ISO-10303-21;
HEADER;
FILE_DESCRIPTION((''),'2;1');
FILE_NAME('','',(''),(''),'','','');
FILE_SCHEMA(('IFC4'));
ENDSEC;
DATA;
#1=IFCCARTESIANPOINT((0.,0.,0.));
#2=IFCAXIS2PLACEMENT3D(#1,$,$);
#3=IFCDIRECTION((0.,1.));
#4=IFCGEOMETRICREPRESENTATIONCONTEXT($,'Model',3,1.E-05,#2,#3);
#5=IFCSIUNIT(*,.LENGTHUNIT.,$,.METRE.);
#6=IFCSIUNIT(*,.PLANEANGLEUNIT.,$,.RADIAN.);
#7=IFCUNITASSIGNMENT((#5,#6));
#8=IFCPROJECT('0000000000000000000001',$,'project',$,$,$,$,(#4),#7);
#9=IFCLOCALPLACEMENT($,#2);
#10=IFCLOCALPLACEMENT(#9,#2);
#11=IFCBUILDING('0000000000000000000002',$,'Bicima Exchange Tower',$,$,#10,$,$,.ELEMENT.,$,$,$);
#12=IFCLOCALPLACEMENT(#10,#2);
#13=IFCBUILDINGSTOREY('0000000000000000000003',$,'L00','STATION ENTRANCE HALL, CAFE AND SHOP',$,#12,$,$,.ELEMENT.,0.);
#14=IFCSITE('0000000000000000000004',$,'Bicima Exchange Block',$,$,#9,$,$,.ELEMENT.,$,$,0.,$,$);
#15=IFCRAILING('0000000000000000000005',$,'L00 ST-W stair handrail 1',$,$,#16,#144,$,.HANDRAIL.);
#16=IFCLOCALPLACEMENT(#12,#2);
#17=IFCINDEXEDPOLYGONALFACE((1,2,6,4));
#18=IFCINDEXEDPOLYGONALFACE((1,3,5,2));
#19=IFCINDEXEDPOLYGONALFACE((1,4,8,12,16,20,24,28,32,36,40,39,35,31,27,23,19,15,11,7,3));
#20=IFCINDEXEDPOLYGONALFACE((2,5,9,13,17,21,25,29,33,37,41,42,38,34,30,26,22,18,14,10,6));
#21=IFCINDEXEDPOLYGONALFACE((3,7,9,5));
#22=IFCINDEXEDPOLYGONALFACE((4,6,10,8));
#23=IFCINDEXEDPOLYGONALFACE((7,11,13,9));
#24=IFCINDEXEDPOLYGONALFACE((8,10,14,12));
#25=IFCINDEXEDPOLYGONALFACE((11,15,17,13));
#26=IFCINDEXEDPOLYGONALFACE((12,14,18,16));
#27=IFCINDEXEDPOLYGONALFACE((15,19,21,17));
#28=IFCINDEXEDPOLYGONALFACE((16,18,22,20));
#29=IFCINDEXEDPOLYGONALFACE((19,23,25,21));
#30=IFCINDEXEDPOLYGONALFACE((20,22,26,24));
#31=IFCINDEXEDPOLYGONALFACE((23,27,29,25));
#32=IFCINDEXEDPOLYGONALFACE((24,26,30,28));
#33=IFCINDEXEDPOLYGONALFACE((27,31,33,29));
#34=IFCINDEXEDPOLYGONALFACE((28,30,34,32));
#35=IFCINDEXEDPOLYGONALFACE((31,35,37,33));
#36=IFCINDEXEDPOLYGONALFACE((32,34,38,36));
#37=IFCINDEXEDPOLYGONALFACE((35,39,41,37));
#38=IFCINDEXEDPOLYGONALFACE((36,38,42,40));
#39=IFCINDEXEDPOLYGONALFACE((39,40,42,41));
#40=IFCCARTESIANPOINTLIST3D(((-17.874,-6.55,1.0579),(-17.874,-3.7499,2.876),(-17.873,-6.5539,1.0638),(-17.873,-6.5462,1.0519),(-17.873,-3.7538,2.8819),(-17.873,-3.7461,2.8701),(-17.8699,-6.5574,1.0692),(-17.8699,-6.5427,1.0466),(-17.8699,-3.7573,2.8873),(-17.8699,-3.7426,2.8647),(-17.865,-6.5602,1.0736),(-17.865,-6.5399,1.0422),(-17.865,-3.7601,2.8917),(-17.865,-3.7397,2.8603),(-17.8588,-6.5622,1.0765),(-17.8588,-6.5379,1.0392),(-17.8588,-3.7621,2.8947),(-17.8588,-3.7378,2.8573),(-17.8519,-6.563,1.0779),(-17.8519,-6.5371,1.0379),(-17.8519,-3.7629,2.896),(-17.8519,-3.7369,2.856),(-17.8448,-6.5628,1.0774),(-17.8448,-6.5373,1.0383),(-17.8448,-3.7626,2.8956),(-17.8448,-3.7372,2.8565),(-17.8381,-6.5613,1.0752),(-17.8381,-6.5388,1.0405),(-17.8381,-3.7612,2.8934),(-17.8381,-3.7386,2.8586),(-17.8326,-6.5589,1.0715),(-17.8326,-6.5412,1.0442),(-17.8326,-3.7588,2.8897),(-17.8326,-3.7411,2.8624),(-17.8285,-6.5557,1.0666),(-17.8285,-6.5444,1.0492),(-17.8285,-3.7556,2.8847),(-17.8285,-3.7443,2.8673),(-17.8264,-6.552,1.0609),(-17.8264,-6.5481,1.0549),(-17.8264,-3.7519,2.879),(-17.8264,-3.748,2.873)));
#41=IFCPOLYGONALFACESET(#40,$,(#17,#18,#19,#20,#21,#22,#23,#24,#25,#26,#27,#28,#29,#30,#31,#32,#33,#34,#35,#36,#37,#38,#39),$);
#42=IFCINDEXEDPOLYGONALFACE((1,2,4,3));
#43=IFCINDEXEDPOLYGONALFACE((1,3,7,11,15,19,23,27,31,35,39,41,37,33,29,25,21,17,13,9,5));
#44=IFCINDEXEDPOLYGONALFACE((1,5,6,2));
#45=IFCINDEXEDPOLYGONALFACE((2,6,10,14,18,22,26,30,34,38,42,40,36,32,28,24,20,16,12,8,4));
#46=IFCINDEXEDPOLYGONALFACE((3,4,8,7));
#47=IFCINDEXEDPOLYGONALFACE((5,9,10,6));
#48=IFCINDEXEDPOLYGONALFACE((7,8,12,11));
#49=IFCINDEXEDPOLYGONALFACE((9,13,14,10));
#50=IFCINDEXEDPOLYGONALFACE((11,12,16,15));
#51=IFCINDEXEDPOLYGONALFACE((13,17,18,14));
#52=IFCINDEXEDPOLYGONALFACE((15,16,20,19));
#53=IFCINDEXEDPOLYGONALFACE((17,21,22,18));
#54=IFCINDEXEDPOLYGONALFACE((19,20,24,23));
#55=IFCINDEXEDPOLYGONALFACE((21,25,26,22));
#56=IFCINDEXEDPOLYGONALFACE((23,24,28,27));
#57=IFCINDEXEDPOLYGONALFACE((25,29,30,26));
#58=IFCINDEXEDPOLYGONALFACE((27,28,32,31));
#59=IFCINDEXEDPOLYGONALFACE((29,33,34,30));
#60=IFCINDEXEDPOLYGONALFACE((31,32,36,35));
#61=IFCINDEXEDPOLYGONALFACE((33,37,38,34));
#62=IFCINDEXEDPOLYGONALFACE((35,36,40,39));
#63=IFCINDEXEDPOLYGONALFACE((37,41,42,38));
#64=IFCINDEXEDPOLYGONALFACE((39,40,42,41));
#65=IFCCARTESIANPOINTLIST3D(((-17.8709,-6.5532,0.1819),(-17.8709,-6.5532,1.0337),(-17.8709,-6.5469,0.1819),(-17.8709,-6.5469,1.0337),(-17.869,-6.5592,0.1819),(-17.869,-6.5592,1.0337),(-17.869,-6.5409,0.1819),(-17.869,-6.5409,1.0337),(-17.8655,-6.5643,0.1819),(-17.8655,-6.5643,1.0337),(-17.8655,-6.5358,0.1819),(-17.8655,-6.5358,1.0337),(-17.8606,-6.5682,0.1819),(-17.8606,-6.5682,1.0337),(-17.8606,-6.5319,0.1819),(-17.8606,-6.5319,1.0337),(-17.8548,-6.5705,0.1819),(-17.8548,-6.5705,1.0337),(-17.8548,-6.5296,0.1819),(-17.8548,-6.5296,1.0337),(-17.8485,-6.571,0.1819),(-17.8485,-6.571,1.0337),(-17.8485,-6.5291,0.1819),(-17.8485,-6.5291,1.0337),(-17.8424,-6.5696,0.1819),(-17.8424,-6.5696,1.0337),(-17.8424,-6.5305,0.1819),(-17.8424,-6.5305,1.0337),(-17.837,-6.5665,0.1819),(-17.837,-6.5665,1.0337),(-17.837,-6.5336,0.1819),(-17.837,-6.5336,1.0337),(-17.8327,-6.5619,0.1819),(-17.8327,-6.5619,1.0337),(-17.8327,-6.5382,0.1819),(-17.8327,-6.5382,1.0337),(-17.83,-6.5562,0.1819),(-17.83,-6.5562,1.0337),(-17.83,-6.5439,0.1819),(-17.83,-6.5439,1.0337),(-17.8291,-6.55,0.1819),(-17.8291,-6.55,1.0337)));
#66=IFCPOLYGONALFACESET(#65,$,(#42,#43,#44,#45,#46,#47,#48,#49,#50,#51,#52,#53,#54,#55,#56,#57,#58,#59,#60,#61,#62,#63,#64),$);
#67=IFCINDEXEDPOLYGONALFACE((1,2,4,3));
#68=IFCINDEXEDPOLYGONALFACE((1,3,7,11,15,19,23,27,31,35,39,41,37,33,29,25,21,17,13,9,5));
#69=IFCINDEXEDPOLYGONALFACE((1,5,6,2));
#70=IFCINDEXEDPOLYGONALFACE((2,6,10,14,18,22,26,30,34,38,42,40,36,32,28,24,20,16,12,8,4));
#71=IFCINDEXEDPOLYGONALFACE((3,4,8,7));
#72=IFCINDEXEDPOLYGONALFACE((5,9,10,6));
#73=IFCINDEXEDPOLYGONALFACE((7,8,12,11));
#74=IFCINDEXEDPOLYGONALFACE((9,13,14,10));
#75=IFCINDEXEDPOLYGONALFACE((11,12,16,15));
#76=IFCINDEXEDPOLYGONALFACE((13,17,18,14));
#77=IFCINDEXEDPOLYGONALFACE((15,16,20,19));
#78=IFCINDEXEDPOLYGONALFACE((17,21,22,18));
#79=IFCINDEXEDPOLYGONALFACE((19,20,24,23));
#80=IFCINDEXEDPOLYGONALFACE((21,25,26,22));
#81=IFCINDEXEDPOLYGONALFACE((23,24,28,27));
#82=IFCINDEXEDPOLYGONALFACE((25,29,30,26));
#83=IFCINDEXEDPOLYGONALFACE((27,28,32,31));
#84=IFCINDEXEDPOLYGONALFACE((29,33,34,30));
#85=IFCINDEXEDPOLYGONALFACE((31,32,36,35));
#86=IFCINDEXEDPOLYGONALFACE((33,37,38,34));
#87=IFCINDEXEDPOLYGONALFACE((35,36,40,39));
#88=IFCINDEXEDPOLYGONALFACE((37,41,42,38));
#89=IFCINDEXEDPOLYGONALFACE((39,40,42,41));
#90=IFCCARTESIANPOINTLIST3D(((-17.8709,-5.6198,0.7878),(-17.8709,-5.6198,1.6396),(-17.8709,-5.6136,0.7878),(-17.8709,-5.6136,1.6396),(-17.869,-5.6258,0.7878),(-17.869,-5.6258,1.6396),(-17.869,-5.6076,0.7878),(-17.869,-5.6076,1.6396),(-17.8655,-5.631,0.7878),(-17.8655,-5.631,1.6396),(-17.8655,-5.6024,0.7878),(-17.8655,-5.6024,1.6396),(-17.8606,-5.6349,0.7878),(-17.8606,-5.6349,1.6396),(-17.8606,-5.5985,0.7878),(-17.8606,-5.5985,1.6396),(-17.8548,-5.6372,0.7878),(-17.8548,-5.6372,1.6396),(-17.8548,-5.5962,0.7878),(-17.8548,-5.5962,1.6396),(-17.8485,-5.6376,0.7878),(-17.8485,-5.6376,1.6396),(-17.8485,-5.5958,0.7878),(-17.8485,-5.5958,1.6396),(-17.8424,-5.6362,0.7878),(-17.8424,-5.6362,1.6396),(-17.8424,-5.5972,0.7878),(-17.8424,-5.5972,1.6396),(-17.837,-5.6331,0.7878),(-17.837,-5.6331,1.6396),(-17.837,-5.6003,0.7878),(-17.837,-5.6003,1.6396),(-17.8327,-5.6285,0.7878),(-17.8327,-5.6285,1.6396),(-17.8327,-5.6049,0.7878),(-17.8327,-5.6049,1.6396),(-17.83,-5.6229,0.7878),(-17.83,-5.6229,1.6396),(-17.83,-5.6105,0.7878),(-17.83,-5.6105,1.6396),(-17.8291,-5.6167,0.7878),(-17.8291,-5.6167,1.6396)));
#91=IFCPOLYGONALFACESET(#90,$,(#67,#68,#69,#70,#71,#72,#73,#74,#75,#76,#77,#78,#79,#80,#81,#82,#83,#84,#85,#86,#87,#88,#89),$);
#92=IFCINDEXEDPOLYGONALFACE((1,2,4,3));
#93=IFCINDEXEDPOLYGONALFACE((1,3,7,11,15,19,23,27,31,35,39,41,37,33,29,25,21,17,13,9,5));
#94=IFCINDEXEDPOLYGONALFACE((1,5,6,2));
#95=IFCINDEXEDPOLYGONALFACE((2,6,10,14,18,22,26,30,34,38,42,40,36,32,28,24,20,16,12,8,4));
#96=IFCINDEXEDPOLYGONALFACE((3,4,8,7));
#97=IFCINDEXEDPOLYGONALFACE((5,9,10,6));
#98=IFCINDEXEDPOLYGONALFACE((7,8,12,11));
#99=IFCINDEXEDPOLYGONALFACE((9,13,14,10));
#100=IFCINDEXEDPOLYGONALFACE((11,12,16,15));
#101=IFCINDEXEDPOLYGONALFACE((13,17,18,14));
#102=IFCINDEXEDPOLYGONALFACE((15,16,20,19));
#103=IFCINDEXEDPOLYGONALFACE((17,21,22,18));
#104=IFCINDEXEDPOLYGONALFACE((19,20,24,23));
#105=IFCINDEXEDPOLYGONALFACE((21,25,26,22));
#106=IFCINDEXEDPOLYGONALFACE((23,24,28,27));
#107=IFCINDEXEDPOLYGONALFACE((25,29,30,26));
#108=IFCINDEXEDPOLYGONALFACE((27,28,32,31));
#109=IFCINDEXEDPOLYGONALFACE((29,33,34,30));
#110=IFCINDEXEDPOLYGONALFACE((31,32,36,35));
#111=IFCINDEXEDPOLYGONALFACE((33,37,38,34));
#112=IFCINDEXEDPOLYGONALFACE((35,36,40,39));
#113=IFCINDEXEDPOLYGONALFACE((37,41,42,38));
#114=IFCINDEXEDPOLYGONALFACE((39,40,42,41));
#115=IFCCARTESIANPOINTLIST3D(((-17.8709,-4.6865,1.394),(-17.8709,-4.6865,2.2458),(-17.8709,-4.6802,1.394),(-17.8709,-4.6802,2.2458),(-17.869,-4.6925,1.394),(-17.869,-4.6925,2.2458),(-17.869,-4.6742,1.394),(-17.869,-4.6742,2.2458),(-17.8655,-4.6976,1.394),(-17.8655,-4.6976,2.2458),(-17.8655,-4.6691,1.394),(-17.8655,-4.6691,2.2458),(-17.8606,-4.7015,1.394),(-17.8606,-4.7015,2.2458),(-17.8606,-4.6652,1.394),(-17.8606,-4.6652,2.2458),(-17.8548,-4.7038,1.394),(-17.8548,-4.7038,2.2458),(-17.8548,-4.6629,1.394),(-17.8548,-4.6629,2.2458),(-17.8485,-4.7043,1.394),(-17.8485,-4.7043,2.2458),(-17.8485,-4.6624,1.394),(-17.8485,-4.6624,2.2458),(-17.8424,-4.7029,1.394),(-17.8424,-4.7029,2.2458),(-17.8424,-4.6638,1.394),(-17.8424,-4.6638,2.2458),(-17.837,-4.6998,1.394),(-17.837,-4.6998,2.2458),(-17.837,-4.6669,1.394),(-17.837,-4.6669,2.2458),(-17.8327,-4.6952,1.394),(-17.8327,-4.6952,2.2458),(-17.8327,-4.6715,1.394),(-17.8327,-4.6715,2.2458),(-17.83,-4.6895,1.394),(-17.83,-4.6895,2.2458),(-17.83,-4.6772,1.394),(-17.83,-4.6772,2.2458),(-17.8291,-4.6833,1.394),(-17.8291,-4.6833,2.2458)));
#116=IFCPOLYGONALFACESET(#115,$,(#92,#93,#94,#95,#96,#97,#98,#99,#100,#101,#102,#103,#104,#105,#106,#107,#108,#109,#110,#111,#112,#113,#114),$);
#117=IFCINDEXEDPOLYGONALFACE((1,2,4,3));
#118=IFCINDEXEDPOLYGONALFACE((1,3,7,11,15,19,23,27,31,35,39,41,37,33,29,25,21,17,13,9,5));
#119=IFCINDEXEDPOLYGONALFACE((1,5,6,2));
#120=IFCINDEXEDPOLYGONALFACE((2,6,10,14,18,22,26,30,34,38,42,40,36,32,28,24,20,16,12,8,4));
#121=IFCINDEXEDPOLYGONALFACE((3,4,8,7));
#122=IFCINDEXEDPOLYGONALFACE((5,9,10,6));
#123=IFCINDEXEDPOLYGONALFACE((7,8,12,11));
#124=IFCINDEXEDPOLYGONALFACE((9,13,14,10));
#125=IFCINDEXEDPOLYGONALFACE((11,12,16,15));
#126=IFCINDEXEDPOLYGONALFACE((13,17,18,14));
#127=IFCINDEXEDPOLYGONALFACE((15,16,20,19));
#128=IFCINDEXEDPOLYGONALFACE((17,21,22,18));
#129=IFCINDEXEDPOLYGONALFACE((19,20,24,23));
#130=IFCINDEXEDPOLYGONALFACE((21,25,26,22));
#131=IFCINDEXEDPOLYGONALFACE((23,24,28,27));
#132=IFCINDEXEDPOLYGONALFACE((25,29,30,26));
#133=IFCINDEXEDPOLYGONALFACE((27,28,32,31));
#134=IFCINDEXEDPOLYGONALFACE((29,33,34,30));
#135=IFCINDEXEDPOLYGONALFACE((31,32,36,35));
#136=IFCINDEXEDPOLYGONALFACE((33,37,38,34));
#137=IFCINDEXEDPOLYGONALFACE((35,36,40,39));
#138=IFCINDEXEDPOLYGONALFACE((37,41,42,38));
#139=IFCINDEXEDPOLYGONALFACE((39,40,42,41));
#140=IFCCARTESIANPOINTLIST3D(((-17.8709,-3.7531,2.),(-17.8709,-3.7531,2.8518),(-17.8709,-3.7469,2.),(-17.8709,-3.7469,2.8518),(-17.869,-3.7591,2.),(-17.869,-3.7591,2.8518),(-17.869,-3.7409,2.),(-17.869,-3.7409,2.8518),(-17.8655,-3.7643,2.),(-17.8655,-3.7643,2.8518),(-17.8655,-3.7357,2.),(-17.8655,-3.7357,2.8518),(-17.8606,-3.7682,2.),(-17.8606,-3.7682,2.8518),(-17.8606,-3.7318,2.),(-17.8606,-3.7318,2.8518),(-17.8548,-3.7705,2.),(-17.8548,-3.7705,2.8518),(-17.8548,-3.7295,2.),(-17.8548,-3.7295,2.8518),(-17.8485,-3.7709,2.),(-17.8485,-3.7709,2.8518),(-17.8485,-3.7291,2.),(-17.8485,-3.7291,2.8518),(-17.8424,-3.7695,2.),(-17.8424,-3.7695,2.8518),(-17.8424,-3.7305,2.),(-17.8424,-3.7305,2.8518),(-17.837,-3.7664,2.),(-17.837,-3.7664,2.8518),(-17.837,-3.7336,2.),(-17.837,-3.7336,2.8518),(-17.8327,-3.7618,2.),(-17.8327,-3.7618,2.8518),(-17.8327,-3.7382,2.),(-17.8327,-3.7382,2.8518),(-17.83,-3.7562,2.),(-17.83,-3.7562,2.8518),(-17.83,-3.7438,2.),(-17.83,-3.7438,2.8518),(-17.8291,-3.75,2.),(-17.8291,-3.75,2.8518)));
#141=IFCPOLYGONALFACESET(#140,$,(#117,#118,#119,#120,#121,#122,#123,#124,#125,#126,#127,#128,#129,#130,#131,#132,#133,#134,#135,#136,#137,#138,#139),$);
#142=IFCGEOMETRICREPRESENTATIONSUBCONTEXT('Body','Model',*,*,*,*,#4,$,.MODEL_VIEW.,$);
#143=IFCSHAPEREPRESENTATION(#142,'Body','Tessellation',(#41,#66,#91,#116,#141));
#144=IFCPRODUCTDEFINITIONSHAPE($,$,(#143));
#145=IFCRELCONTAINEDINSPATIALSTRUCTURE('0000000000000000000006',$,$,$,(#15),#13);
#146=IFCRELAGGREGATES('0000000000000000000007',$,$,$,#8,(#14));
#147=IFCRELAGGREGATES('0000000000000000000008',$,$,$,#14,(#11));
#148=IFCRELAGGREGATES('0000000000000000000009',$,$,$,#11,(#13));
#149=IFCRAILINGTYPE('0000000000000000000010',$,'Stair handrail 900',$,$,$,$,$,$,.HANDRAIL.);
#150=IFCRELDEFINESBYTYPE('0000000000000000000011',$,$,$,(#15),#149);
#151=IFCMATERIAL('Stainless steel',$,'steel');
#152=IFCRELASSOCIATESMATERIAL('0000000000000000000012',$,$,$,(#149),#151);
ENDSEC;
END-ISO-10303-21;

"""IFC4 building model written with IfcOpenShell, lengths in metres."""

from ifc_helpers import new_model, si_unit, direction, frame, origin, origin_2d, place, context, subcontext, project, spatial, circle, extrude, material, type_object, element, save


model = new_model("IFC4")

# Units and contexts
model_context = context("Model", 3, precision=1e-05, world=origin(), true_north=direction((0.0, 1.0)))
body_context = subcontext(model_context, "Body", "Model", "MODEL_VIEW")
ifc_project = project(units=[si_unit("LENGTHUNIT", "METRE"), si_unit("PLANEANGLEUNIT", "RADIAN")], contexts=[model_context])

# Site, building, storey
site_placement = place(None, origin())
site = spatial("IfcSite", under=ifc_project, at=site_placement, Name="Bicima Exchange Block", CompositionType="ELEMENT", RefElevation=0.0)
building_placement = place(site_placement, origin())
building = spatial("IfcBuilding", under=site, at=building_placement, Name="Bicima Exchange Tower", CompositionType="ELEMENT")
storey_placement = place(building_placement, origin())
storey = spatial("IfcBuildingStorey", under=building, at=storey_placement, Name="L00", Description="STATION ENTRANCE HALL, CAFE AND SHOP", CompositionType="ELEMENT", Elevation=0.0)

# Shared definitions
ifc_material_1 = material(Name="Stainless steel", Category="steel")

# Railing
railing_type_1 = type_object("IfcRailingType", Name="Stair handrail 900", PredefinedType="HANDRAIL", material=ifc_material_1)
for number, where, name in (
    (1, (-17.8501, -6.55, 0.1819), "L00 ST-W stair handrail 1"),
):
    element("IfcRailing", number, at=place(storey_placement, frame(where)), inside=storey, type_object=railing_type_1, Name=name, PredefinedType="HANDRAIL", context=body_context, shape_type="SweptSolid", body=[
        extrude(circle(Radius=0.0239, at=origin_2d()), frame((0.0, 0.0, 0.876), z_axis=(0.0, 0.838706, 0.544585), x_axis=(-1.0, 0.0, 0.0)), (0.0, 0.0, 1.0), 3.3386),
        extrude(circle(Radius=0.021, at=origin_2d()), origin(), (0.0, 0.0, 1.0), 0.8518),
        extrude(circle(Radius=0.021, at=origin_2d()), frame((0.0, 0.9333, 0.606)), (0.0, 0.0, 1.0), 0.8518),
        extrude(circle(Radius=0.021, at=origin_2d()), frame((0.0, 1.8667, 1.2122)), (0.0, 0.0, 1.0), 0.8518),
        extrude(circle(Radius=0.021, at=origin_2d()), frame((0.0, 2.8, 1.8181)), (0.0, 0.0, 1.0), 0.8518),
    ])

save(model, "model.ifc")
